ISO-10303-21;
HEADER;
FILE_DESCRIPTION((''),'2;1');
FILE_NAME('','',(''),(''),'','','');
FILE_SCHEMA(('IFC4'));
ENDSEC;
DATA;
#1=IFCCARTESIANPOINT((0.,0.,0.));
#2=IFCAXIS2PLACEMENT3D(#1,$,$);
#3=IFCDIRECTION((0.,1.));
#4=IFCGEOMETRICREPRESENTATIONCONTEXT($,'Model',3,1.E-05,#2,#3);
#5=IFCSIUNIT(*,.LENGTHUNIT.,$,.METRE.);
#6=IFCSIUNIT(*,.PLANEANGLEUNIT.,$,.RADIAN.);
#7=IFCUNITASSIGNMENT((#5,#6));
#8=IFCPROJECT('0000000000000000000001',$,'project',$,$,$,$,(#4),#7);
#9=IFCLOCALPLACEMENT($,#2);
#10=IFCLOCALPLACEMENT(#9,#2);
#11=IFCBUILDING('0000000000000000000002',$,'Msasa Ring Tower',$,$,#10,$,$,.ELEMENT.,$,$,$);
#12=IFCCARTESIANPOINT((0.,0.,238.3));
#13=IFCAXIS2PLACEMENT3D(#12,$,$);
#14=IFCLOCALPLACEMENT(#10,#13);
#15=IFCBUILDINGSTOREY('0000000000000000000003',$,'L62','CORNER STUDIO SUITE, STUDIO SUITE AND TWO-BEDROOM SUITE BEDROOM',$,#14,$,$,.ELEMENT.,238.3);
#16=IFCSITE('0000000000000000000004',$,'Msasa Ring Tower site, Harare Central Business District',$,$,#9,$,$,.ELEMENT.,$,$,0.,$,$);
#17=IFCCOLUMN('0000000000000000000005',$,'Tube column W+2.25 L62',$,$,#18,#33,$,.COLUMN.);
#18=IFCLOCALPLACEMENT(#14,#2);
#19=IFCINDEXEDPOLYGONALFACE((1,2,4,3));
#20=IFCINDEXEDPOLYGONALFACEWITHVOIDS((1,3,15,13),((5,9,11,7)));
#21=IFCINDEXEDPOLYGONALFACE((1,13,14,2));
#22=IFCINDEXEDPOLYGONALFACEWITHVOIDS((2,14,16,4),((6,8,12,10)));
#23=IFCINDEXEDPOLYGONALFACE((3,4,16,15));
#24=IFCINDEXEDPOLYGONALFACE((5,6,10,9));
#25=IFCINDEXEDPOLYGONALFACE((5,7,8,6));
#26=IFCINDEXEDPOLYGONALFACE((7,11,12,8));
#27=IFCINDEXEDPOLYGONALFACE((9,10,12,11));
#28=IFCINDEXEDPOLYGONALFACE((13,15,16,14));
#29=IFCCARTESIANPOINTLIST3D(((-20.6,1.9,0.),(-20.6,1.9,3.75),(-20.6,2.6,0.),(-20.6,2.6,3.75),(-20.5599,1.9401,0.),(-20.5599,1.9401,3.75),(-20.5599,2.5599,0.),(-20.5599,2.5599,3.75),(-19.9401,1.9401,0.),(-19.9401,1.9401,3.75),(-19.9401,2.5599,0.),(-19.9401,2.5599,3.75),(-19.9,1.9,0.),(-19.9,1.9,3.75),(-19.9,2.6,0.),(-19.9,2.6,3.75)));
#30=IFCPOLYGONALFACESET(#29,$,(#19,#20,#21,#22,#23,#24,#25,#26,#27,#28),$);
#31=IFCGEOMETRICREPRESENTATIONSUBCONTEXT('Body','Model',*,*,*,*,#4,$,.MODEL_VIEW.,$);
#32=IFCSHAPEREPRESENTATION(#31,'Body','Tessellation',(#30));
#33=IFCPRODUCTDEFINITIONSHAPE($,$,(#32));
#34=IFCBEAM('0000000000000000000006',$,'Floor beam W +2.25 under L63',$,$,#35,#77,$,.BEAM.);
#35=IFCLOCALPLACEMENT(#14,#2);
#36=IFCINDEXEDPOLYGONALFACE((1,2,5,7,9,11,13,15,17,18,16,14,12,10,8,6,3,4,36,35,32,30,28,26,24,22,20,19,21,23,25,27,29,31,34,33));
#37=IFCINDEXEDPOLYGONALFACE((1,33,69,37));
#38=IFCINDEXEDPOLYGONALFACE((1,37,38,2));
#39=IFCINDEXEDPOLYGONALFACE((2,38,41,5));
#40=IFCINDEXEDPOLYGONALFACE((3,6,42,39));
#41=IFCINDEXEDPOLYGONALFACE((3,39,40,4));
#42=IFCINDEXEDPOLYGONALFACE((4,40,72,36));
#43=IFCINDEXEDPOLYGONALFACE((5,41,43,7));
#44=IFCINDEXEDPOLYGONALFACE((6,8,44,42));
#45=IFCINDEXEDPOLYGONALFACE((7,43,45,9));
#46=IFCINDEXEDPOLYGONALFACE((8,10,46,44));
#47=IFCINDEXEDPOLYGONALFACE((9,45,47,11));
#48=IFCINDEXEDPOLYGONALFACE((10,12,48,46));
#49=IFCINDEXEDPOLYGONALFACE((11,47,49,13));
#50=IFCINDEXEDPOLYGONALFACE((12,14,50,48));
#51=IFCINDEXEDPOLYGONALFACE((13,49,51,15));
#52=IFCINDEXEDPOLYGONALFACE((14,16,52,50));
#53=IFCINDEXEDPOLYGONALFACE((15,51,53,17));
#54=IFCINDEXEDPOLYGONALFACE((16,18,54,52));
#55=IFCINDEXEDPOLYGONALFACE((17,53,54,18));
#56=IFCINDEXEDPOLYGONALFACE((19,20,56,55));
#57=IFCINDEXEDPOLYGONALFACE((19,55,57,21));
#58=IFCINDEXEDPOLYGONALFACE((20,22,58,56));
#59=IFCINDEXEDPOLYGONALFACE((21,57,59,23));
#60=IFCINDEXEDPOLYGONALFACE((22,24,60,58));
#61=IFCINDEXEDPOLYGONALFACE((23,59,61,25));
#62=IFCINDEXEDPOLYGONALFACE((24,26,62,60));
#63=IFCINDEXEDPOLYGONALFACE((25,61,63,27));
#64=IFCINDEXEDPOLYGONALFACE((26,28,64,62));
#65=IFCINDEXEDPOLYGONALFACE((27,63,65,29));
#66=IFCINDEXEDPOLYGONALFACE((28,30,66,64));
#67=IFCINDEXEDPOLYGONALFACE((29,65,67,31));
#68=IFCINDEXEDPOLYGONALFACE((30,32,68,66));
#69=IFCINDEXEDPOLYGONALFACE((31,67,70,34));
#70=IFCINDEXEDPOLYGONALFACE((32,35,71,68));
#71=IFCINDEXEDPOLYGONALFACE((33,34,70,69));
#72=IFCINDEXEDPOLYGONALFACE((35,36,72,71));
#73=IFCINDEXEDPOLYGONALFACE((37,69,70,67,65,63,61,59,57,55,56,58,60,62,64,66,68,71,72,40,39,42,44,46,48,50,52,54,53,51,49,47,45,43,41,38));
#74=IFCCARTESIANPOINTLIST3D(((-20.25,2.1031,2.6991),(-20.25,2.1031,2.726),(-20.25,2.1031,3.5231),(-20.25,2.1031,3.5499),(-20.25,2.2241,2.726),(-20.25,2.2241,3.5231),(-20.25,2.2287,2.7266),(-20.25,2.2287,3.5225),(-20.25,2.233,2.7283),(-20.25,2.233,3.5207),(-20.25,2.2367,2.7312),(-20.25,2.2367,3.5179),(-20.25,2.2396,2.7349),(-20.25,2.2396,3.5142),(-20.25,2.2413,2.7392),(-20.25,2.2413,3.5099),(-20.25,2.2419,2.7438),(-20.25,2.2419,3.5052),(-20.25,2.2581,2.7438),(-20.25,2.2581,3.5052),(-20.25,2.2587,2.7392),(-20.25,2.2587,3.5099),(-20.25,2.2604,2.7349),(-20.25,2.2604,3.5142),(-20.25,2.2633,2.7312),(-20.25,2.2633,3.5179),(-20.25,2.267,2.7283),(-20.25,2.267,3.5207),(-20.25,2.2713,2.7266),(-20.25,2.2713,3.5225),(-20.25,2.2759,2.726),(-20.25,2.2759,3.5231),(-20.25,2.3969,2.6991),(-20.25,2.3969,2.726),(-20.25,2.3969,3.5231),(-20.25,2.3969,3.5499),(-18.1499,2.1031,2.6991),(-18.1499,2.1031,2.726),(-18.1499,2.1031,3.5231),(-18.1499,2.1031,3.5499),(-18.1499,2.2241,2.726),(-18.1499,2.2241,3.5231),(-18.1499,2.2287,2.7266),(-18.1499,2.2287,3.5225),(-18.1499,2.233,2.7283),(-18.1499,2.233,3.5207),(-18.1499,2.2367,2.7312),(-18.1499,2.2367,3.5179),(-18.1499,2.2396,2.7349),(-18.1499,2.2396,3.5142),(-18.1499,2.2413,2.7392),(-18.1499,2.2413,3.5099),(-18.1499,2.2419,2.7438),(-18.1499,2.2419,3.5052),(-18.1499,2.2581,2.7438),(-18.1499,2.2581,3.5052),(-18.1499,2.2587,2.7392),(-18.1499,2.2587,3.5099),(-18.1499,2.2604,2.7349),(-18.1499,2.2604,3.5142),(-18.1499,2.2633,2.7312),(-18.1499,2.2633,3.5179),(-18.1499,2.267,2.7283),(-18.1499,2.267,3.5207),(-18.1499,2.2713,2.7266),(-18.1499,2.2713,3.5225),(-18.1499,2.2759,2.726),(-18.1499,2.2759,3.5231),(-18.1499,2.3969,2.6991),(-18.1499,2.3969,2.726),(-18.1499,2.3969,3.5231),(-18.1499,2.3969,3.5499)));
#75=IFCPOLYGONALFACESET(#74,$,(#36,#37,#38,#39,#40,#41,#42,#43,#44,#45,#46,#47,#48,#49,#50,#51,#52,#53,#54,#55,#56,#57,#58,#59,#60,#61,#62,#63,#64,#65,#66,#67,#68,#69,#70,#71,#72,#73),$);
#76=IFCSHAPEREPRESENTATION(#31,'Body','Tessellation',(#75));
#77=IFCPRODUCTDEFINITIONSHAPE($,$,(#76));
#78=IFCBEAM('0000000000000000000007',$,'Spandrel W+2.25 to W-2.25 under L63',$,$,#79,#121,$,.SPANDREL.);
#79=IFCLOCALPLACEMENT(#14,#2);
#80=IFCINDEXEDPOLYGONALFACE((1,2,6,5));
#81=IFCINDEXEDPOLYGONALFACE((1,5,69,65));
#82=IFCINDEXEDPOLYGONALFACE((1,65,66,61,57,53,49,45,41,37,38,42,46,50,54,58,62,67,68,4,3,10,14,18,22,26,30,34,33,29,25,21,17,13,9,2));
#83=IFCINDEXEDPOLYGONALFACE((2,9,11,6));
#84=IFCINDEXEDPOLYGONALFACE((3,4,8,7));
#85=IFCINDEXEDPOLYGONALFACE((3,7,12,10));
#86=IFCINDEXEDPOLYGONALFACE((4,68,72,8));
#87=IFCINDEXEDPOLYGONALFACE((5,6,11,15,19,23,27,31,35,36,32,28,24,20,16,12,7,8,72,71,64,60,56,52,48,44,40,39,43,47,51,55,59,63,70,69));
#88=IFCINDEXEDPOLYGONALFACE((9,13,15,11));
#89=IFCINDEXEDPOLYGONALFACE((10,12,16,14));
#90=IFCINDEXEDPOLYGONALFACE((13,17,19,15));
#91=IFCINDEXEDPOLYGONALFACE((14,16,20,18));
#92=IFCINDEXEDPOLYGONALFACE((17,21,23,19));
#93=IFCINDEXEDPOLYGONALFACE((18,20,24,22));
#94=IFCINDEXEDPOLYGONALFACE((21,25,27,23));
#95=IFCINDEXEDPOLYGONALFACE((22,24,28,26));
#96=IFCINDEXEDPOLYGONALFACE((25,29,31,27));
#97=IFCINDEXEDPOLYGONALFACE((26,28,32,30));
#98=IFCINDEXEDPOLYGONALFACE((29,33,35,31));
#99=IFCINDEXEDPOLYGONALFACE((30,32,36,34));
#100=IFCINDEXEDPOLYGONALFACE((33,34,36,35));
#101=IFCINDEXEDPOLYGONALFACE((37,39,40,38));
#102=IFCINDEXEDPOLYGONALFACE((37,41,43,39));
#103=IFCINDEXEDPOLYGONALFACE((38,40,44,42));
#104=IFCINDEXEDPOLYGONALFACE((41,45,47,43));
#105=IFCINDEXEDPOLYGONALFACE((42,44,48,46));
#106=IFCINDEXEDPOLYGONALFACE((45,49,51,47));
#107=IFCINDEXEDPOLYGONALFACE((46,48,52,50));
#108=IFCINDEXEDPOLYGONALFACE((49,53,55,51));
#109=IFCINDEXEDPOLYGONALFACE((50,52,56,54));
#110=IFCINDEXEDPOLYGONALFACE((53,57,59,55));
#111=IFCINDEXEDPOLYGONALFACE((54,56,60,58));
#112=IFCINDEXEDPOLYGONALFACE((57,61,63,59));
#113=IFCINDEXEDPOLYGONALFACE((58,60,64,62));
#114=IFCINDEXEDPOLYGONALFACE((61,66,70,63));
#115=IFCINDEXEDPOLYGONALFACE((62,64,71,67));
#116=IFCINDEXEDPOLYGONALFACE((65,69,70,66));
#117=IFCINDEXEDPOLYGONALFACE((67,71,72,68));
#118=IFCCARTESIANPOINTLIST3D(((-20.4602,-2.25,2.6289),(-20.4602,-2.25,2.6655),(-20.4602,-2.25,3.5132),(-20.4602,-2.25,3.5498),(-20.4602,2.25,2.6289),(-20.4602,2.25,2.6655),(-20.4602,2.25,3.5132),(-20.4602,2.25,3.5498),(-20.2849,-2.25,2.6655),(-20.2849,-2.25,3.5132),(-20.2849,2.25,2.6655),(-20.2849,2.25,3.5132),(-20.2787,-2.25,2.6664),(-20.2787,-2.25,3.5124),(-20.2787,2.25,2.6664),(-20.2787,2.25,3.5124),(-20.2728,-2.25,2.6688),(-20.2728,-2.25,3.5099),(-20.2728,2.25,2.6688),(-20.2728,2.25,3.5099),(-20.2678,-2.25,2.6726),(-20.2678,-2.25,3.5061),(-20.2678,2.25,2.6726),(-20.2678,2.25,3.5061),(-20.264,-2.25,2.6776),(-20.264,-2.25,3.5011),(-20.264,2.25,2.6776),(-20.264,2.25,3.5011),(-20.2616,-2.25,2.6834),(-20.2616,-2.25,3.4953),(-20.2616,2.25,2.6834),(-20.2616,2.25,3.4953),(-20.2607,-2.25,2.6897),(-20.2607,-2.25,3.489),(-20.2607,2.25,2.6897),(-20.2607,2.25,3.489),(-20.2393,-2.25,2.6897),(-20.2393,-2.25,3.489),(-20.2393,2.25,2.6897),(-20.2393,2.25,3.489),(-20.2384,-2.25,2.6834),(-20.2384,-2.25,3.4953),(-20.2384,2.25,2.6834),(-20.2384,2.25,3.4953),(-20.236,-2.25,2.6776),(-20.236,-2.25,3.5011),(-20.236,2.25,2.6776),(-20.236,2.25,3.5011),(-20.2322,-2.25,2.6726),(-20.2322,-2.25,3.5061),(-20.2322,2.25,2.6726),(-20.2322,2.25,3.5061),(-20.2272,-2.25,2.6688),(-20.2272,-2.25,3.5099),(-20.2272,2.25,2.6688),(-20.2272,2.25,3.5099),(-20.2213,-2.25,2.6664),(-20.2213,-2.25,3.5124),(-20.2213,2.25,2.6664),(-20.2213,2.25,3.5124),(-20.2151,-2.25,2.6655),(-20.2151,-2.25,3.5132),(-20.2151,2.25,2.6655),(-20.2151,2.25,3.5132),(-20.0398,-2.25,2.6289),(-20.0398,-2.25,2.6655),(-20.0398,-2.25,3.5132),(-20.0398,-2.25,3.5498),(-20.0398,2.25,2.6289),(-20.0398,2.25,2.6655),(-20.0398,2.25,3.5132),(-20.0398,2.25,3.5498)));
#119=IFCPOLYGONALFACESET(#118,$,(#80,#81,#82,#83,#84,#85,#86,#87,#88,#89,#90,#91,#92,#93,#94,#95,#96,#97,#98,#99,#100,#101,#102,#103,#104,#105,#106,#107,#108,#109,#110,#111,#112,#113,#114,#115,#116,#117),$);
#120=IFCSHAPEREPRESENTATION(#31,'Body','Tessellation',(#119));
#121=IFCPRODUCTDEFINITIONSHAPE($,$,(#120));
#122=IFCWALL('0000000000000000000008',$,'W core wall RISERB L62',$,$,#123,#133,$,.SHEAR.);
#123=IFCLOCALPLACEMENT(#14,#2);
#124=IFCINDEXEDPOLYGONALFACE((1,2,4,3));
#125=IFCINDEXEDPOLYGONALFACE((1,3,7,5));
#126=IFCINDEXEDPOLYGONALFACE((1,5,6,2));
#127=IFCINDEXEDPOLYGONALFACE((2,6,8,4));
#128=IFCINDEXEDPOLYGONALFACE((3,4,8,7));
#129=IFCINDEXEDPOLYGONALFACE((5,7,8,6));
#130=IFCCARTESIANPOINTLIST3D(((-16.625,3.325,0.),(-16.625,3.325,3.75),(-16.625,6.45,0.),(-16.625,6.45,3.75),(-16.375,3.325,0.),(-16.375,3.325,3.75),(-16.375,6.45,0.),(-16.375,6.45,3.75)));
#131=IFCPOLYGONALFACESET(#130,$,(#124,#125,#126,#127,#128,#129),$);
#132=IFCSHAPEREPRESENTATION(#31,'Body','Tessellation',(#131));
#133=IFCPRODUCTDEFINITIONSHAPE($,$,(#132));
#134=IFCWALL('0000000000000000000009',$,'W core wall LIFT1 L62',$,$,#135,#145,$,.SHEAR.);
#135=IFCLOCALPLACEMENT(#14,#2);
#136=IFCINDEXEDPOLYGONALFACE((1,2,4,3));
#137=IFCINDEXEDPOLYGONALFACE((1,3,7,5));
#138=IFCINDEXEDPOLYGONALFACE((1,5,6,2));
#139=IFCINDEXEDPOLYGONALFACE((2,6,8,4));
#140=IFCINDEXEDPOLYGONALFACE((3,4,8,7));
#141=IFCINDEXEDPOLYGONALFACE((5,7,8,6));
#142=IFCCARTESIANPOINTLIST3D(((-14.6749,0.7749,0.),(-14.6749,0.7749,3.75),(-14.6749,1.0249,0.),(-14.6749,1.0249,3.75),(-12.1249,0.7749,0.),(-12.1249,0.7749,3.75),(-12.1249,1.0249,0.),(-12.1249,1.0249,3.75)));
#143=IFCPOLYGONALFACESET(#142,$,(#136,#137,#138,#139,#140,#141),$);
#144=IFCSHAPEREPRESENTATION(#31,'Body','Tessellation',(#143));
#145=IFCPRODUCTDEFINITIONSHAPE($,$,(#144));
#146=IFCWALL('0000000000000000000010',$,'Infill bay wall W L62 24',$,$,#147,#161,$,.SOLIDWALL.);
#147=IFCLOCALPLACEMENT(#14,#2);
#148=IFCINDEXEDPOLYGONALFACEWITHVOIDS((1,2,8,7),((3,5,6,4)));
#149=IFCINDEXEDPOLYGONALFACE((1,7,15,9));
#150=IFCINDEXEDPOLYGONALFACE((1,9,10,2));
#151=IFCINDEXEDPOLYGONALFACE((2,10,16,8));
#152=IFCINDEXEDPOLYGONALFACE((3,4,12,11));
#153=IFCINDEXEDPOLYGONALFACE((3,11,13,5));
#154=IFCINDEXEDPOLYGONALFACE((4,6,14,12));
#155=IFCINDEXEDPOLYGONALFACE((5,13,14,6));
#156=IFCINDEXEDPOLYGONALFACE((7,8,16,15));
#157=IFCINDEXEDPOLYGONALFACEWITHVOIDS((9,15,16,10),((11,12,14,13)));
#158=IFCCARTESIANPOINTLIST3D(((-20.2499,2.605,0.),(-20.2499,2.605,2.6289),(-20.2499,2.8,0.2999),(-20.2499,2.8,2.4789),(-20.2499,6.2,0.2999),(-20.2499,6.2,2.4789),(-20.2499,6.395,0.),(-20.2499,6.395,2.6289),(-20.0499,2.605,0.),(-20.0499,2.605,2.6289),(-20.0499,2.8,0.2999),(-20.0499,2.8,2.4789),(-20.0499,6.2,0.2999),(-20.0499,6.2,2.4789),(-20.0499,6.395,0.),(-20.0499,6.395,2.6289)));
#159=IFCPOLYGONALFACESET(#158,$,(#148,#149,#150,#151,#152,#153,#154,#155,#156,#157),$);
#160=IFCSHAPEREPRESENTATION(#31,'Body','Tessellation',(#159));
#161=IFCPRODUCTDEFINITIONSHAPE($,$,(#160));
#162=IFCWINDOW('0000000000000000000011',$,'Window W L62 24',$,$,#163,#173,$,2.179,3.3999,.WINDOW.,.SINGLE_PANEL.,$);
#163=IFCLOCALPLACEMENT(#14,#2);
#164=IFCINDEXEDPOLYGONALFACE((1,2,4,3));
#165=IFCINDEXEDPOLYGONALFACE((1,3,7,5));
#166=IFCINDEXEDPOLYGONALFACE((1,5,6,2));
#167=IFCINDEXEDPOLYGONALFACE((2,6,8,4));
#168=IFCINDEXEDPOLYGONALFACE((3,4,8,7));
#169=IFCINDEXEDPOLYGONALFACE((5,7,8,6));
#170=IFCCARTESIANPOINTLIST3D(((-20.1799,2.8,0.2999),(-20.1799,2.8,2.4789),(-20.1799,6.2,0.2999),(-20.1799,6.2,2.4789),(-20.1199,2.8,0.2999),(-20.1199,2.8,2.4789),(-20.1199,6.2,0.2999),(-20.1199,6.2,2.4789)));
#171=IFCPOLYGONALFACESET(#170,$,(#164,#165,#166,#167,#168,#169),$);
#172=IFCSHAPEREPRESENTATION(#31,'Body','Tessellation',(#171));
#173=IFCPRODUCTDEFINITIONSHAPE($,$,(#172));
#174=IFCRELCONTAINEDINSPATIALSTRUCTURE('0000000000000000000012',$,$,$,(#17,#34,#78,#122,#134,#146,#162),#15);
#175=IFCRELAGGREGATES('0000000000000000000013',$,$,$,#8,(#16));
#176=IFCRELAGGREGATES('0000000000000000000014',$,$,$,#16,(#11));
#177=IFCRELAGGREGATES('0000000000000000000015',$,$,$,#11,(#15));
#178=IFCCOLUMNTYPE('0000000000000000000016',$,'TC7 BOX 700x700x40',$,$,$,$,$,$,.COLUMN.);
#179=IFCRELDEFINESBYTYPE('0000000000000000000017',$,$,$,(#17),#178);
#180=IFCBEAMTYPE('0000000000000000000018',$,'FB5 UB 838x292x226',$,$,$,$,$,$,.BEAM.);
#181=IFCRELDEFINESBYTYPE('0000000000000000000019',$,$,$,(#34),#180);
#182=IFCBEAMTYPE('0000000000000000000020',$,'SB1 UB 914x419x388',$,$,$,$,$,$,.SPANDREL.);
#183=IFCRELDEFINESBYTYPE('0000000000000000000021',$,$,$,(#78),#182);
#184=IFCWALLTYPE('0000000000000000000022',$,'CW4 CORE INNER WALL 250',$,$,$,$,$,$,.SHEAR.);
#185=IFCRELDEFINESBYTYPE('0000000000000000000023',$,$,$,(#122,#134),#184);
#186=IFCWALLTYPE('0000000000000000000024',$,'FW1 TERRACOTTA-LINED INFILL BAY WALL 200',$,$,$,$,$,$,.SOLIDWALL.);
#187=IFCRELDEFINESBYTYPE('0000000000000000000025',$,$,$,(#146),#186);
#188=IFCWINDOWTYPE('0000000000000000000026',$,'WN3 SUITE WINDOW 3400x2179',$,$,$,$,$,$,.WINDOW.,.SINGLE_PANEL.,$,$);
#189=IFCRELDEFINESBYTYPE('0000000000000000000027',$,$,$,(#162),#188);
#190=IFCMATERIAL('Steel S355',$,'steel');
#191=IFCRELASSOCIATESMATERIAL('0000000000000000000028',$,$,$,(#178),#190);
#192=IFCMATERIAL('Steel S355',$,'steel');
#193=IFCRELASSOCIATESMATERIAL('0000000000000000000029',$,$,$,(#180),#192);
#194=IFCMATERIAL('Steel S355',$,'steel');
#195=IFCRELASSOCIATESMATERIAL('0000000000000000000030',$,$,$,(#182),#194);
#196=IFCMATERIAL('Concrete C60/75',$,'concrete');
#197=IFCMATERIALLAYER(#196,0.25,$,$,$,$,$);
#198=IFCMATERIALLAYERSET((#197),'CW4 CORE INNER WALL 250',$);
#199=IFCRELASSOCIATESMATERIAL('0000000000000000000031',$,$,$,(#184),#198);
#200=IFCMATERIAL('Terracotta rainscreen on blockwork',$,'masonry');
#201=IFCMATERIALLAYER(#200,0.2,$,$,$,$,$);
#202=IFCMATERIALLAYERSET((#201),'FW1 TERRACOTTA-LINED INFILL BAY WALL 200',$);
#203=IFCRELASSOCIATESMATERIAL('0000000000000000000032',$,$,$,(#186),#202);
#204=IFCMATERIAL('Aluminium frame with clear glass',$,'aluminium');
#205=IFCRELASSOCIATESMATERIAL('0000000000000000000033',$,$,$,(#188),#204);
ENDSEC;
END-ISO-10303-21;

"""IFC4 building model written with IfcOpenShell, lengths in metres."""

from ifc_helpers import new_model, si_unit, direction, frame, frame_2d, origin, origin_2d, place, context, subcontext, project, spatial, rectangle, hollow_rectangle, i_section, extrude, material, layer, layer_set, material_profile, profile_set, type_object, element, fill, save


model = new_model("IFC4")

# Units and contexts
model_context = context("Model", 3, precision=1e-05, world=origin(), true_north=direction((0.0, 1.0)))
body_context = subcontext(model_context, "Body", "Model", "MODEL_VIEW")
ifc_project = project(units=[si_unit("LENGTHUNIT", "METRE"), si_unit("PLANEANGLEUNIT", "RADIAN")], contexts=[model_context])

# Site, building, storey
site_placement = place(None, origin())
site = spatial("IfcSite", under=ifc_project, at=site_placement, Name="Msasa Ring Tower site, Harare Central Business District", CompositionType="ELEMENT", RefElevation=0.0)
building_placement = place(site_placement, origin())
building = spatial("IfcBuilding", under=site, at=building_placement, Name="Msasa Ring Tower", CompositionType="ELEMENT")
storey_placement = place(building_placement, frame((0.0, 0.0, 238.3)))
storey = spatial("IfcBuildingStorey", under=building, at=storey_placement, Name="L62", Description="CORNER STUDIO SUITE, STUDIO SUITE AND TWO-BEDROOM SUITE BEDROOM", CompositionType="ELEMENT", Elevation=238.3)

# Column
ifc_material_1 = material(Name="Steel S355", Category="steel")
ifc_material_profile_1 = material_profile(ifc_material_1, hollow_rectangle(XDim=0.7, YDim=0.7, WallThickness=0.04, at=origin_2d()), Name="BOX 700x700x40")
ifc_profile_set_1 = profile_set([ifc_material_profile_1], Name="Steel S355")
column_type = type_object("IfcColumnType", Name="TC7 BOX 700x700x40", PredefinedType="COLUMN", material=ifc_profile_set_1)
column_placement = place(storey_placement, frame((-20.25, 2.25, 0.0), z_axis=(0.0, 0.0, 1.0), x_axis=(1.0, 0.0, 0.0)))
element("IfcColumn", 1, at=column_placement, inside=storey, type_object=column_type, Name="Tube column W+2.25 L62", PredefinedType="COLUMN", context=body_context, shape_type="SweptSolid", body=[
    extrude(hollow_rectangle(XDim=0.7, YDim=0.7, WallThickness=0.04, at=origin_2d()), origin(), (0.0, 0.0, 1.0), 3.75),
])

# Beams
ifc_material_2 = material(Name="Steel S355", Category="steel")
ifc_material_profile_2 = material_profile(ifc_material_2, i_section(OverallWidth=0.2937, OverallDepth=0.8508, WebThickness=0.0161, FlangeThickness=0.0269, FilletRadius=0.0178, at=origin_2d()), Name="UB 838x292x226")
ifc_profile_set_2 = profile_set([ifc_material_profile_2], Name="Steel S355")
beam_type_1 = type_object("IfcBeamType", Name="FB5 UB 838x292x226", PredefinedType="BEAM", material=ifc_profile_set_2)
beam_1_placement = place(storey_placement, frame((-20.25, 2.25, 3.1245), z_axis=(1.0, 0.0, 0.0), x_axis=(0.0, 1.0, 0.0)))
element("IfcBeam", 2, at=beam_1_placement, inside=storey, type_object=beam_type_1, Name="Floor beam W +2.25 under L63", PredefinedType="BEAM", context=body_context, shape_type="SweptSolid", body=[
    extrude(i_section(OverallWidth=0.2937, OverallDepth=0.8508, WebThickness=0.0161, FlangeThickness=0.0269, FilletRadius=0.0178, at=origin_2d()), origin(), (0.0, 0.0, 1.0), 2.1001),
])
ifc_material_3 = material(Name="Steel S355", Category="steel")
ifc_material_profile_3 = material_profile(ifc_material_3, i_section(OverallWidth=0.4204, OverallDepth=0.9209, WebThickness=0.0215, FlangeThickness=0.0366, FilletRadius=0.0242, at=origin_2d()), Name="UB 914x419x388")
ifc_profile_set_3 = profile_set([ifc_material_profile_3], Name="Steel S355")
beam_type_2 = type_object("IfcBeamType", Name="SB1 UB 914x419x388", PredefinedType="SPANDREL", material=ifc_profile_set_3)
beam_2_placement = place(storey_placement, frame((-20.25, 2.25, 3.0894), z_axis=(0.0, -1.0, 0.0), x_axis=(1.0, 0.0, 0.0)))
element("IfcBeam", 3, at=beam_2_placement, inside=storey, type_object=beam_type_2, Name="Spandrel W+2.25 to W-2.25 under L63", PredefinedType="SPANDREL", context=body_context, shape_type="SweptSolid", body=[
    extrude(i_section(OverallWidth=0.4204, OverallDepth=0.9209, WebThickness=0.0215, FlangeThickness=0.0366, FilletRadius=0.0242, at=origin_2d()), origin(), (0.0, 0.0, 1.0), 4.5),
])

# Walls
ifc_material_4 = material(Name="Concrete C60/75", Category="concrete")
ifc_layer_1 = layer(ifc_material_4, 0.25)
ifc_layer_set_1 = layer_set([ifc_layer_1], Name="CW4 CORE INNER WALL 250")
wall_type_1 = type_object("IfcWallType", Name="CW4 CORE INNER WALL 250", PredefinedType="SHEAR", material=ifc_layer_set_1)
wall_1_placement = place(storey_placement, frame((-16.5, 3.325, 0.0), z_axis=(0.0, 0.0, 1.0), x_axis=(0.0, 1.0, 0.0)))
element("IfcWall", 4, at=wall_1_placement, inside=storey, type_object=wall_type_1, Name="W core wall RISERB L62", PredefinedType="SHEAR", context=body_context, shape_type="SweptSolid", body=[
    extrude(rectangle(XDim=3.125, YDim=0.25, at=frame_2d((1.5625, 0.0))), origin(), (0.0, 0.0, 1.0), 3.75),
])
wall_2_placement = place(storey_placement, frame((-12.125, 0.8999, 0.0), z_axis=(0.0, 0.0, 1.0), x_axis=(-1.0, 0.0, 0.0)))
element("IfcWall", 5, at=wall_2_placement, inside=storey, type_object=wall_type_1, Name="W core wall LIFT1 L62", PredefinedType="SHEAR", context=body_context, shape_type="SweptSolid", body=[
    extrude(rectangle(XDim=2.55, YDim=0.25, at=frame_2d((1.2749, 0.0))), origin(), (0.0, 0.0, 1.0), 3.75),
])

# Wall, opening, window
ifc_material_5 = material(Name="Terracotta rainscreen on blockwork", Category="masonry")
ifc_layer_2 = layer(ifc_material_5, 0.2)
ifc_layer_set_2 = layer_set([ifc_layer_2], Name="FW1 TERRACOTTA-LINED INFILL BAY WALL 200")
wall_type_2 = type_object("IfcWallType", Name="FW1 TERRACOTTA-LINED INFILL BAY WALL 200", PredefinedType="SOLIDWALL", material=ifc_layer_set_2)
wall_3_placement = place(storey_placement, frame((-20.1499, 2.605, 0.0), z_axis=(0.0, 0.0, 1.0), x_axis=(0.0, 1.0, 0.0)))
wall_3 = element("IfcWall", 6, at=wall_3_placement, inside=storey, type_object=wall_type_2, Name="Infill bay wall W L62 24", PredefinedType="SOLIDWALL", context=body_context, shape_type="SweptSolid", body=[
    extrude(rectangle(XDim=3.79, YDim=0.2, at=frame_2d((1.895, 0.0))), origin(), (0.0, 0.0, 1.0), 2.6289),
])
opening_1_placement = place(wall_3_placement, frame((0.1951, 0.0, 0.3)))
opening_1 = element("IfcOpeningElement", 7, at=opening_1_placement, cuts=wall_3, PredefinedType="OPENING", context=body_context, shape_type="SweptSolid", body=[
    extrude(rectangle(XDim=3.3999, YDim=2.179, at=frame_2d((1.7, 1.0894))), frame((0.0, 0.1099, 0.0), z_axis=(0.0, -1.0, 0.0), x_axis=(1.0, 0.0, 0.0)), (0.0, 0.0, 1.0), 0.22),
])
ifc_material_6 = material(Name="Aluminium frame with clear glass", Category="aluminium")
window_type = type_object("IfcWindowType", Name="WN3 SUITE WINDOW 3400x2179", PartitioningType="SINGLE_PANEL", PredefinedType="WINDOW", material=ifc_material_6)
window_placement = place(opening_1_placement, origin())
window = element("IfcWindow", 8, at=window_placement, inside=storey, type_object=window_type, Name="Window W L62 24", OverallHeight=2.179, OverallWidth=3.3999, PartitioningType="SINGLE_PANEL", PredefinedType="WINDOW", context=body_context, shape_type="SweptSolid", body=[
    extrude(rectangle(XDim=3.3999, YDim=2.179, at=frame_2d((1.7, 1.0894))), frame((0.0, 0.03, 0.0), z_axis=(0.0, -1.0, 0.0), x_axis=(1.0, 0.0, 0.0)), (0.0, 0.0, 1.0), 0.0601),
])
fill(opening_1, window)

save(model, "model.ifc")
